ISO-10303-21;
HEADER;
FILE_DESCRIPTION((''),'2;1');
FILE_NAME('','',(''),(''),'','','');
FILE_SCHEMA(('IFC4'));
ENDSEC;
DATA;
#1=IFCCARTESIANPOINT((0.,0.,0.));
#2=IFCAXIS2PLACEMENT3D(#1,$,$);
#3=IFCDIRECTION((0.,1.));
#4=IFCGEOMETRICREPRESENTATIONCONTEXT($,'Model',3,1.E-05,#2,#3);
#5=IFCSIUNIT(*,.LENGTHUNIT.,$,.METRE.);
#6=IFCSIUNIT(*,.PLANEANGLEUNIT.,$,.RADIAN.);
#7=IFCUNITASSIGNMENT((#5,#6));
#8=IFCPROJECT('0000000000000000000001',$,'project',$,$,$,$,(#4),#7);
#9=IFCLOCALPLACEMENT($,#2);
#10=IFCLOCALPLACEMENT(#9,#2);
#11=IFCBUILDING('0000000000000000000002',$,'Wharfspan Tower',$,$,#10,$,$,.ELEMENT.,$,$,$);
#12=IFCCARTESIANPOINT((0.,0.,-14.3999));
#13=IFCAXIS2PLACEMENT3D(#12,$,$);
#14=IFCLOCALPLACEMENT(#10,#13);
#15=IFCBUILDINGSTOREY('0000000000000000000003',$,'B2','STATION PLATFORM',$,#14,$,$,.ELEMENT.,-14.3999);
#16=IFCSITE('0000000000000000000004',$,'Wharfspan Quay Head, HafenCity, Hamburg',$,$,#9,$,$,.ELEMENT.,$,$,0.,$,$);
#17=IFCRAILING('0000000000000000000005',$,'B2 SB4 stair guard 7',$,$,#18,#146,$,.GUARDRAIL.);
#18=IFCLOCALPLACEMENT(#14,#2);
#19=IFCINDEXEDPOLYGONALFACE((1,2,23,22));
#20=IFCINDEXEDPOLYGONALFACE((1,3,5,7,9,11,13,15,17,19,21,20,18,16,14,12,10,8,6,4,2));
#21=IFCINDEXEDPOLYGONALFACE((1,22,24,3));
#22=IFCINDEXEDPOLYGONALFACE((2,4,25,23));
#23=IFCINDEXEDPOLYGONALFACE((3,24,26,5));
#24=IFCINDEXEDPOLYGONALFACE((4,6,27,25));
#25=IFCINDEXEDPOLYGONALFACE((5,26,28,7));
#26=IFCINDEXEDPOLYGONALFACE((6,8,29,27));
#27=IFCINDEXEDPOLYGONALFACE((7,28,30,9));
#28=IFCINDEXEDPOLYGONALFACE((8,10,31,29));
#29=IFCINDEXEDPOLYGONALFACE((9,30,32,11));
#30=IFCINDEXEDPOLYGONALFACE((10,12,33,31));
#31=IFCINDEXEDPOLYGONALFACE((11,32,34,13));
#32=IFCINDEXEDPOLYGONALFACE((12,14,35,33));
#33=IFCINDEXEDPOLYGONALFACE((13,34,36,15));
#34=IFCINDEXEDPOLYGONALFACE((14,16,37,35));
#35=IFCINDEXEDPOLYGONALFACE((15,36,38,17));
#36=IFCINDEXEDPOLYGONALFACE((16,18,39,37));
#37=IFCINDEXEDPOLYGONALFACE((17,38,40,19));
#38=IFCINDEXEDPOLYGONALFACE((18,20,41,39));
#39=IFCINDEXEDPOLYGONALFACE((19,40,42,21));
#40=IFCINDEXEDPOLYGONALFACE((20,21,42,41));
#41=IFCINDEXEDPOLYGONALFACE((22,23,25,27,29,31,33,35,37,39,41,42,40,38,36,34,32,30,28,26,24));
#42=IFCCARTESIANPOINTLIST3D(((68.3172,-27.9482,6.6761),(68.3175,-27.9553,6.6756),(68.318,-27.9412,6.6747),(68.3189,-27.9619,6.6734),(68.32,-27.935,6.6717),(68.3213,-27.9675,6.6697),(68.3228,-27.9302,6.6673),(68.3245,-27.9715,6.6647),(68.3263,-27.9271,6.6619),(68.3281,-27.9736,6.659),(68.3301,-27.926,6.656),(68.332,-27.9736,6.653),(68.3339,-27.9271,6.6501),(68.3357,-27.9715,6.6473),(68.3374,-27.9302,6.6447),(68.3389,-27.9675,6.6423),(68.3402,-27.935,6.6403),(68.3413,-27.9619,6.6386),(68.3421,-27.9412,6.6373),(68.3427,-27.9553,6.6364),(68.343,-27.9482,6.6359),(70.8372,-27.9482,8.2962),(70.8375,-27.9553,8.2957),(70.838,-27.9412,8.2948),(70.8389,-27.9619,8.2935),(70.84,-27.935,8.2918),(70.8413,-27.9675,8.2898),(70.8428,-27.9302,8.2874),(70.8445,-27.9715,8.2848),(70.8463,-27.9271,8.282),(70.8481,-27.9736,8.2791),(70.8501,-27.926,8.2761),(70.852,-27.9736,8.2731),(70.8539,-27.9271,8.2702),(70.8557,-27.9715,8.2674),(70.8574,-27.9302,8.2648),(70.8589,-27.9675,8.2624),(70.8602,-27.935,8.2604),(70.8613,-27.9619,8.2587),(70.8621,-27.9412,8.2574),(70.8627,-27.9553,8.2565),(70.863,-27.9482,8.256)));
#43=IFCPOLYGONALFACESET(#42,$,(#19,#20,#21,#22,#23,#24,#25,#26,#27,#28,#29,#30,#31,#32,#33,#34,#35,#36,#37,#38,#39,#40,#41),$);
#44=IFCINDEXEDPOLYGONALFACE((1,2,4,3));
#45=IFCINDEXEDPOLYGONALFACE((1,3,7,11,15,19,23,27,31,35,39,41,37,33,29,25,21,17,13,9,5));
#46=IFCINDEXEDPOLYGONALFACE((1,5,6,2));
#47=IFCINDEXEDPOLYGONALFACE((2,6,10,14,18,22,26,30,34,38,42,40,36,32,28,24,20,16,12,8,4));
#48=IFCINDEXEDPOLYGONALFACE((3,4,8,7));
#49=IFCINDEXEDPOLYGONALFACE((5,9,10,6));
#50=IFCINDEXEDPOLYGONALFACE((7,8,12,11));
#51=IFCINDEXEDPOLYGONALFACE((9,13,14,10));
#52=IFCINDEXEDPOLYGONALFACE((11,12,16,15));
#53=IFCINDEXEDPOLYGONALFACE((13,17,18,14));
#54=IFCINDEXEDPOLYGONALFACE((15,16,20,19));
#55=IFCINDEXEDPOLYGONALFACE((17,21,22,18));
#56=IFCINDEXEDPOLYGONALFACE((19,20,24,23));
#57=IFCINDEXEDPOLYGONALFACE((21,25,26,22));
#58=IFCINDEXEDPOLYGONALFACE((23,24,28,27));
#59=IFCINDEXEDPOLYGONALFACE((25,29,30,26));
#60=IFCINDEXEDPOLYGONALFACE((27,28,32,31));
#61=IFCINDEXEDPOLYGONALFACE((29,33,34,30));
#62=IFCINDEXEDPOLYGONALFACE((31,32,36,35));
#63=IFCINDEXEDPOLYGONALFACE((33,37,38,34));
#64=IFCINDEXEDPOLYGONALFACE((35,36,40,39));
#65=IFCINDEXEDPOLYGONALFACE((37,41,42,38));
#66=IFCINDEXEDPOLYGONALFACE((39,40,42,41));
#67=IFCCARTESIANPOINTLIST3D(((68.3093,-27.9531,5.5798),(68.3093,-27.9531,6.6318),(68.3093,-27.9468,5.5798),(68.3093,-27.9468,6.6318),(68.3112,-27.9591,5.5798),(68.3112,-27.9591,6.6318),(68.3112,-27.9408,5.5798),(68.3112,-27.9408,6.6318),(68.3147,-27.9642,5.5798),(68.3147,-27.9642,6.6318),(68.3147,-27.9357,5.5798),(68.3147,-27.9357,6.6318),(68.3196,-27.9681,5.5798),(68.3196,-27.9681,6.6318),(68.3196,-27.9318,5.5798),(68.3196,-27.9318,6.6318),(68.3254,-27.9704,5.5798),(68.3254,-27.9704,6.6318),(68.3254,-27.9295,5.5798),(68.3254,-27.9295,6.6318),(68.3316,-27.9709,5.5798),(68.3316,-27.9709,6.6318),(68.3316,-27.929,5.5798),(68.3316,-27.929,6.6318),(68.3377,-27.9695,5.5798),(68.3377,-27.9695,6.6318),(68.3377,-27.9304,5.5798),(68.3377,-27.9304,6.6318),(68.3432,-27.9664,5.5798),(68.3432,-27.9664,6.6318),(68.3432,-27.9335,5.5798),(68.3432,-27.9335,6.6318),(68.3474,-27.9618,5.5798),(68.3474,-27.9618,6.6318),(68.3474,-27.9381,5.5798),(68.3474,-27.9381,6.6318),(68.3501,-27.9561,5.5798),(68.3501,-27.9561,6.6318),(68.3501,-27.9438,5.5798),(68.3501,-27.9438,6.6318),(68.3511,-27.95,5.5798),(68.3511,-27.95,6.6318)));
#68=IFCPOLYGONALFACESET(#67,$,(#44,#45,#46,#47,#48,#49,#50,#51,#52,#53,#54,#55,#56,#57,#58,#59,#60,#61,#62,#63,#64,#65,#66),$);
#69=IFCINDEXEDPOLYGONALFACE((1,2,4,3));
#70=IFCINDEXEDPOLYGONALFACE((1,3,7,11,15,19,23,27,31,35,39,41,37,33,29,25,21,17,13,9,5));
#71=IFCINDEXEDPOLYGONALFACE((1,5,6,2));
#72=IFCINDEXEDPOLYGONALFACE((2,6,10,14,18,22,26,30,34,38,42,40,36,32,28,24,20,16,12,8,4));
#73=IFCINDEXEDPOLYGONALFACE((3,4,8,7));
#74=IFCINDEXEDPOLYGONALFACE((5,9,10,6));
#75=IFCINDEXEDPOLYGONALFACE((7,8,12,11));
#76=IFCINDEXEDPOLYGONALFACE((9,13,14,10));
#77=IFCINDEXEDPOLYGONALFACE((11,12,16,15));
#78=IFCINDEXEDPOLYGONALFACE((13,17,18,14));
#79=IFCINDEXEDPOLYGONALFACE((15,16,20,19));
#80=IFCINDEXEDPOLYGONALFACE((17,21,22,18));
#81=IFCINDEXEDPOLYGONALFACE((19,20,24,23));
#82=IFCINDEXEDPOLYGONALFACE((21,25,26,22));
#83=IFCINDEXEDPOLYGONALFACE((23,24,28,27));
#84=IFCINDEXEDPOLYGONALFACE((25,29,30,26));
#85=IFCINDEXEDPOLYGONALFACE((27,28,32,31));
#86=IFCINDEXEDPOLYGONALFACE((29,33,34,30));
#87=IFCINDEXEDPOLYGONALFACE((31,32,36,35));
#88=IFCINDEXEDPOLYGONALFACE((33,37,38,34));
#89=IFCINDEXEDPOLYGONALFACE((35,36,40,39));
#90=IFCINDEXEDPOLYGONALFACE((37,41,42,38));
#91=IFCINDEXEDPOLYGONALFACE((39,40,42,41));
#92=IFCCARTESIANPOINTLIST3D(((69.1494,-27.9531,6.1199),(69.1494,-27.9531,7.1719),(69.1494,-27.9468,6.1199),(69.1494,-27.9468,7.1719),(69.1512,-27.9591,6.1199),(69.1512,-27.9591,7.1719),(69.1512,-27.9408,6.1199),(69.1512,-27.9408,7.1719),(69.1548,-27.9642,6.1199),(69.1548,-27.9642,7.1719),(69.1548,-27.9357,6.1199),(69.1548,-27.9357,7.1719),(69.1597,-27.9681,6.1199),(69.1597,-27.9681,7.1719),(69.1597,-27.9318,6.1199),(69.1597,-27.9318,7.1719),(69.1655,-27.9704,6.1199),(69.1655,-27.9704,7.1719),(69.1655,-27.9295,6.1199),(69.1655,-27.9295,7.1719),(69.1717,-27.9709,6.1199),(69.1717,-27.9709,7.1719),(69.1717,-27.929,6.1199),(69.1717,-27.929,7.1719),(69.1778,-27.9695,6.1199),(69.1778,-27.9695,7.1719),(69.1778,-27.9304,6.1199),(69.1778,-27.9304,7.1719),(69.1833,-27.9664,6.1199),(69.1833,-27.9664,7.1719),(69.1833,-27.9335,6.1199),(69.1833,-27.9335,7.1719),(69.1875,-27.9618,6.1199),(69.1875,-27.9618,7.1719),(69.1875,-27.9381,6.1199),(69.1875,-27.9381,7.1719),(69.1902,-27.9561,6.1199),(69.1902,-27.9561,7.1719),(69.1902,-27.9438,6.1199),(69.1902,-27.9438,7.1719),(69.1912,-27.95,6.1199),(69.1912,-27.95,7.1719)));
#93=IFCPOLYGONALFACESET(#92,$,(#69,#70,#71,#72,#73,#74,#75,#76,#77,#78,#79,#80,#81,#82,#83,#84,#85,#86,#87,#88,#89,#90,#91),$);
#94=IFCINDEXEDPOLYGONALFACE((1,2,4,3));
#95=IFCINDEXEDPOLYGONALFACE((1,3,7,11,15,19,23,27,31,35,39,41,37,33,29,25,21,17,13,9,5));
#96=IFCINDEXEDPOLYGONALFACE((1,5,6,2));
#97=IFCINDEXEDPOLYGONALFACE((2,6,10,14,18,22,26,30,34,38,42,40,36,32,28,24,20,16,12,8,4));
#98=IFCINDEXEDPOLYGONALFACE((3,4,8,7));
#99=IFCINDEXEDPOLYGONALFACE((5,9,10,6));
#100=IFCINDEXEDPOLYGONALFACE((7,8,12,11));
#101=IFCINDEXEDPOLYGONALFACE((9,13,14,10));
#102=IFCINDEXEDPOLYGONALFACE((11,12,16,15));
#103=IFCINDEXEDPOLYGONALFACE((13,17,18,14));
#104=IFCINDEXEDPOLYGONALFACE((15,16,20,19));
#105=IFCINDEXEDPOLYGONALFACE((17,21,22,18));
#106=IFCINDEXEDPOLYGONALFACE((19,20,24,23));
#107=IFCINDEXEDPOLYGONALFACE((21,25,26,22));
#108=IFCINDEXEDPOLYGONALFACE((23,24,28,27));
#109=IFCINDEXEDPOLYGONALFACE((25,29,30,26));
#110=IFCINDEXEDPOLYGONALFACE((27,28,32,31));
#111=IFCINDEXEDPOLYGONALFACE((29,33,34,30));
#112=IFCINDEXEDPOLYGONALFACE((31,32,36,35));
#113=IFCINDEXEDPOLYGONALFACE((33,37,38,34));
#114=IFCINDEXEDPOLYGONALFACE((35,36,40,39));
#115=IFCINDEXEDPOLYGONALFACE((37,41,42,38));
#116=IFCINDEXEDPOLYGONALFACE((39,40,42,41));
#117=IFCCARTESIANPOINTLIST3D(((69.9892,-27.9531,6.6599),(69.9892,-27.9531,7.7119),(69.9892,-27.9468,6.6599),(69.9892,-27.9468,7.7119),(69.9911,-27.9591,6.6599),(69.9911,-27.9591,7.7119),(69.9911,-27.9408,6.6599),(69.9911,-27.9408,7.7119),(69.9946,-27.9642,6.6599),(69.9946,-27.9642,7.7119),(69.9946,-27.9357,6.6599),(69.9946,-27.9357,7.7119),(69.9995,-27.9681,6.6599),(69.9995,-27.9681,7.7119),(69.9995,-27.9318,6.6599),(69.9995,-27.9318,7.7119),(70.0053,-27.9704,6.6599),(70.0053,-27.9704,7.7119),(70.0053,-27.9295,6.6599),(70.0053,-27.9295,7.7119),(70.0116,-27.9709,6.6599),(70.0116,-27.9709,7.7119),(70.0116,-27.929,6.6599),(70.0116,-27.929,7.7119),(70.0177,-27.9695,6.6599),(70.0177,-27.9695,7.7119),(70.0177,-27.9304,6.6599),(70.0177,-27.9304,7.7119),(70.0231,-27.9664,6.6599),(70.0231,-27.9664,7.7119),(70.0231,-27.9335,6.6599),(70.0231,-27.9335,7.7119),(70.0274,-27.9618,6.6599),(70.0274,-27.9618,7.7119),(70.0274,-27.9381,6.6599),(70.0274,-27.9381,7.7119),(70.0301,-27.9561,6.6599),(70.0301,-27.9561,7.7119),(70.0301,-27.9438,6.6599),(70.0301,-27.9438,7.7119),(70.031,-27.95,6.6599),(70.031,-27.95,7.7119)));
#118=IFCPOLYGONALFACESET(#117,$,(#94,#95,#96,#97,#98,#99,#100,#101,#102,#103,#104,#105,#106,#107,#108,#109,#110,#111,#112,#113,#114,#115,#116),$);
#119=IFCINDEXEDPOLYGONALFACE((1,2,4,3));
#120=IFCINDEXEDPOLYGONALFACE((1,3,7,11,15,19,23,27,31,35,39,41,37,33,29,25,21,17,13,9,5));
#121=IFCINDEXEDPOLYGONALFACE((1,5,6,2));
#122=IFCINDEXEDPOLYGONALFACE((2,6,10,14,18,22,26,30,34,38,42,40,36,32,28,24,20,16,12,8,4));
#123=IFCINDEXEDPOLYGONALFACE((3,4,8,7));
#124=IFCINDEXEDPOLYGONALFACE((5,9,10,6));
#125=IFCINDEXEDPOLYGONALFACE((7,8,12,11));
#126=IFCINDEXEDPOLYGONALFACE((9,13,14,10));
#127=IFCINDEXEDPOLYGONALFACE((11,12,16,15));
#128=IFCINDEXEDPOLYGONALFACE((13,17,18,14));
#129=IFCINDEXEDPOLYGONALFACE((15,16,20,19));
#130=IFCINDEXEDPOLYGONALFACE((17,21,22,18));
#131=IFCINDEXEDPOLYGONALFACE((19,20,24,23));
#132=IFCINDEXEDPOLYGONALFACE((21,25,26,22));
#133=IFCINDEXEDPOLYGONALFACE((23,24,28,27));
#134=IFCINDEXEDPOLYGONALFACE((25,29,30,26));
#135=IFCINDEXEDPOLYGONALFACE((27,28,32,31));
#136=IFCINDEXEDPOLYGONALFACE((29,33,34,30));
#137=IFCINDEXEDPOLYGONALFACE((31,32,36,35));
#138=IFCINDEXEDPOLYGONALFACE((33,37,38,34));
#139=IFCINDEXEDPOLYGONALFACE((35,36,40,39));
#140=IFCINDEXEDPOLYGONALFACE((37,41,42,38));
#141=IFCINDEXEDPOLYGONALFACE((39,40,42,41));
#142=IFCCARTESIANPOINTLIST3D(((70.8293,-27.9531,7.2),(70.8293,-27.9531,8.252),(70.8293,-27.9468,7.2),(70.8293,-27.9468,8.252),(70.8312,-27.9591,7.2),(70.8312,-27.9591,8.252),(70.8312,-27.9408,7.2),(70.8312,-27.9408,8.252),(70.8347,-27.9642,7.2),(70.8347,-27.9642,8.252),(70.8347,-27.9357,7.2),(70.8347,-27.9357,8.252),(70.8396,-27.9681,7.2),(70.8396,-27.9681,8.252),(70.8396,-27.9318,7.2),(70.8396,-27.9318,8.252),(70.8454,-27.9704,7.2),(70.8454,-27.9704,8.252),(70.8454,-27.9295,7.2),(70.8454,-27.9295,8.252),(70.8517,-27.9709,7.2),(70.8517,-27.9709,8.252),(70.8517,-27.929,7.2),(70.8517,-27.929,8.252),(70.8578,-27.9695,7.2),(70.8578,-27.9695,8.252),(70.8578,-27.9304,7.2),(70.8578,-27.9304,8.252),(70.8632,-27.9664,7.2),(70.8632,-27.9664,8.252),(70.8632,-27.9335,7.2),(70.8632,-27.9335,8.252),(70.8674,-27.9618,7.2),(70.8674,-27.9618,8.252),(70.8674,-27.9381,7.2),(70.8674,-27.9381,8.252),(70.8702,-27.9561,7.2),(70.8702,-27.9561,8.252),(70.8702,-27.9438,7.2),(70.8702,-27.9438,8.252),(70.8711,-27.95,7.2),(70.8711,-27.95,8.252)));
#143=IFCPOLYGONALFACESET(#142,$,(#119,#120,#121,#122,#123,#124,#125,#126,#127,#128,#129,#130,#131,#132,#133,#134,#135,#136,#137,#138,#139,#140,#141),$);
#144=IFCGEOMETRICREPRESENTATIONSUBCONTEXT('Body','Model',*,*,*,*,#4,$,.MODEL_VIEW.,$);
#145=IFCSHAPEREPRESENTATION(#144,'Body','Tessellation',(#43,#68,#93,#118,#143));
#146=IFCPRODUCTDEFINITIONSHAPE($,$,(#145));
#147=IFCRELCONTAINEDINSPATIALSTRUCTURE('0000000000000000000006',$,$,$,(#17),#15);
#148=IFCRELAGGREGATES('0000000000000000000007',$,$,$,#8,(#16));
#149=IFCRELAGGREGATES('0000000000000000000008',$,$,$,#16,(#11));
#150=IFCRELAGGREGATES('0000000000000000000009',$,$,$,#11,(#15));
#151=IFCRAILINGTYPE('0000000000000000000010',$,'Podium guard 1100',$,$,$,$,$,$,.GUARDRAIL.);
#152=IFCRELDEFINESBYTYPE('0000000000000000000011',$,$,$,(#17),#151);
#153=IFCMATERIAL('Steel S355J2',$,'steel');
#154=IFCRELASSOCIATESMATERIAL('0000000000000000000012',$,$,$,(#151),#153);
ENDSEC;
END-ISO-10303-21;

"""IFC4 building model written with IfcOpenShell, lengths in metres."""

from ifc_helpers import new_model, si_unit, direction, frame, origin, origin_2d, place, context, subcontext, project, spatial, circle, extrude, material, type_object, element, save


model = new_model("IFC4")

# Units and contexts
model_context = context("Model", 3, precision=1e-05, world=origin(), true_north=direction((0.0, 1.0)))
body_context = subcontext(model_context, "Body", "Model", "MODEL_VIEW")
ifc_project = project(units=[si_unit("LENGTHUNIT", "METRE"), si_unit("PLANEANGLEUNIT", "RADIAN")], contexts=[model_context])

# Site, building, storey
site_placement = place(None, origin())
site = spatial("IfcSite", under=ifc_project, at=site_placement, Name="Wharfspan Quay Head, HafenCity, Hamburg", CompositionType="ELEMENT", RefElevation=0.0)
building_placement = place(site_placement, origin())
building = spatial("IfcBuilding", under=site, at=building_placement, Name="Wharfspan Tower", CompositionType="ELEMENT")
storey_placement = place(building_placement, frame((0.0, 0.0, -14.3999)))
storey = spatial("IfcBuildingStorey", under=building, at=storey_placement, Name="B2", Description="STATION PLATFORM", CompositionType="ELEMENT", Elevation=-14.3999)

# Railing
ifc_material_1 = material(Name="Steel S355J2", Category="steel")
railing_type_1 = type_object("IfcRailingType", Name="Podium guard 1100", PredefinedType="GUARDRAIL", material=ifc_material_1)
railing_1_placement = place(storey_placement, frame((68.3301, -27.95, 5.5798)))
element("IfcRailing", 1, at=railing_1_placement, inside=storey, type_object=railing_type_1, Name="B2 SB4 stair guard 7", PredefinedType="GUARDRAIL", context=body_context, shape_type="SweptSolid", body=[
    extrude(circle(Radius=0.0239, at=origin_2d()), frame((0.0, 0.0, 1.0762), z_axis=(0.841163, 0.0, 0.540782), x_axis=(0.0, 1.0, 0.0)), (0.0, 0.0, 1.0), 2.9958),
    extrude(circle(Radius=0.021, at=origin_2d()), origin(), (0.0, 0.0, 1.0), 1.052),
    extrude(circle(Radius=0.021, at=origin_2d()), frame((0.8401, 0.0, 0.54)), (0.0, 0.0, 1.0), 1.052),
    extrude(circle(Radius=0.021, at=origin_2d()), frame((1.6799, 0.0, 1.0801)), (0.0, 0.0, 1.0), 1.052),
    extrude(circle(Radius=0.021, at=origin_2d()), frame((2.52, 0.0, 1.6201)), (0.0, 0.0, 1.0), 1.052),
])

save(model, "model.ifc")
